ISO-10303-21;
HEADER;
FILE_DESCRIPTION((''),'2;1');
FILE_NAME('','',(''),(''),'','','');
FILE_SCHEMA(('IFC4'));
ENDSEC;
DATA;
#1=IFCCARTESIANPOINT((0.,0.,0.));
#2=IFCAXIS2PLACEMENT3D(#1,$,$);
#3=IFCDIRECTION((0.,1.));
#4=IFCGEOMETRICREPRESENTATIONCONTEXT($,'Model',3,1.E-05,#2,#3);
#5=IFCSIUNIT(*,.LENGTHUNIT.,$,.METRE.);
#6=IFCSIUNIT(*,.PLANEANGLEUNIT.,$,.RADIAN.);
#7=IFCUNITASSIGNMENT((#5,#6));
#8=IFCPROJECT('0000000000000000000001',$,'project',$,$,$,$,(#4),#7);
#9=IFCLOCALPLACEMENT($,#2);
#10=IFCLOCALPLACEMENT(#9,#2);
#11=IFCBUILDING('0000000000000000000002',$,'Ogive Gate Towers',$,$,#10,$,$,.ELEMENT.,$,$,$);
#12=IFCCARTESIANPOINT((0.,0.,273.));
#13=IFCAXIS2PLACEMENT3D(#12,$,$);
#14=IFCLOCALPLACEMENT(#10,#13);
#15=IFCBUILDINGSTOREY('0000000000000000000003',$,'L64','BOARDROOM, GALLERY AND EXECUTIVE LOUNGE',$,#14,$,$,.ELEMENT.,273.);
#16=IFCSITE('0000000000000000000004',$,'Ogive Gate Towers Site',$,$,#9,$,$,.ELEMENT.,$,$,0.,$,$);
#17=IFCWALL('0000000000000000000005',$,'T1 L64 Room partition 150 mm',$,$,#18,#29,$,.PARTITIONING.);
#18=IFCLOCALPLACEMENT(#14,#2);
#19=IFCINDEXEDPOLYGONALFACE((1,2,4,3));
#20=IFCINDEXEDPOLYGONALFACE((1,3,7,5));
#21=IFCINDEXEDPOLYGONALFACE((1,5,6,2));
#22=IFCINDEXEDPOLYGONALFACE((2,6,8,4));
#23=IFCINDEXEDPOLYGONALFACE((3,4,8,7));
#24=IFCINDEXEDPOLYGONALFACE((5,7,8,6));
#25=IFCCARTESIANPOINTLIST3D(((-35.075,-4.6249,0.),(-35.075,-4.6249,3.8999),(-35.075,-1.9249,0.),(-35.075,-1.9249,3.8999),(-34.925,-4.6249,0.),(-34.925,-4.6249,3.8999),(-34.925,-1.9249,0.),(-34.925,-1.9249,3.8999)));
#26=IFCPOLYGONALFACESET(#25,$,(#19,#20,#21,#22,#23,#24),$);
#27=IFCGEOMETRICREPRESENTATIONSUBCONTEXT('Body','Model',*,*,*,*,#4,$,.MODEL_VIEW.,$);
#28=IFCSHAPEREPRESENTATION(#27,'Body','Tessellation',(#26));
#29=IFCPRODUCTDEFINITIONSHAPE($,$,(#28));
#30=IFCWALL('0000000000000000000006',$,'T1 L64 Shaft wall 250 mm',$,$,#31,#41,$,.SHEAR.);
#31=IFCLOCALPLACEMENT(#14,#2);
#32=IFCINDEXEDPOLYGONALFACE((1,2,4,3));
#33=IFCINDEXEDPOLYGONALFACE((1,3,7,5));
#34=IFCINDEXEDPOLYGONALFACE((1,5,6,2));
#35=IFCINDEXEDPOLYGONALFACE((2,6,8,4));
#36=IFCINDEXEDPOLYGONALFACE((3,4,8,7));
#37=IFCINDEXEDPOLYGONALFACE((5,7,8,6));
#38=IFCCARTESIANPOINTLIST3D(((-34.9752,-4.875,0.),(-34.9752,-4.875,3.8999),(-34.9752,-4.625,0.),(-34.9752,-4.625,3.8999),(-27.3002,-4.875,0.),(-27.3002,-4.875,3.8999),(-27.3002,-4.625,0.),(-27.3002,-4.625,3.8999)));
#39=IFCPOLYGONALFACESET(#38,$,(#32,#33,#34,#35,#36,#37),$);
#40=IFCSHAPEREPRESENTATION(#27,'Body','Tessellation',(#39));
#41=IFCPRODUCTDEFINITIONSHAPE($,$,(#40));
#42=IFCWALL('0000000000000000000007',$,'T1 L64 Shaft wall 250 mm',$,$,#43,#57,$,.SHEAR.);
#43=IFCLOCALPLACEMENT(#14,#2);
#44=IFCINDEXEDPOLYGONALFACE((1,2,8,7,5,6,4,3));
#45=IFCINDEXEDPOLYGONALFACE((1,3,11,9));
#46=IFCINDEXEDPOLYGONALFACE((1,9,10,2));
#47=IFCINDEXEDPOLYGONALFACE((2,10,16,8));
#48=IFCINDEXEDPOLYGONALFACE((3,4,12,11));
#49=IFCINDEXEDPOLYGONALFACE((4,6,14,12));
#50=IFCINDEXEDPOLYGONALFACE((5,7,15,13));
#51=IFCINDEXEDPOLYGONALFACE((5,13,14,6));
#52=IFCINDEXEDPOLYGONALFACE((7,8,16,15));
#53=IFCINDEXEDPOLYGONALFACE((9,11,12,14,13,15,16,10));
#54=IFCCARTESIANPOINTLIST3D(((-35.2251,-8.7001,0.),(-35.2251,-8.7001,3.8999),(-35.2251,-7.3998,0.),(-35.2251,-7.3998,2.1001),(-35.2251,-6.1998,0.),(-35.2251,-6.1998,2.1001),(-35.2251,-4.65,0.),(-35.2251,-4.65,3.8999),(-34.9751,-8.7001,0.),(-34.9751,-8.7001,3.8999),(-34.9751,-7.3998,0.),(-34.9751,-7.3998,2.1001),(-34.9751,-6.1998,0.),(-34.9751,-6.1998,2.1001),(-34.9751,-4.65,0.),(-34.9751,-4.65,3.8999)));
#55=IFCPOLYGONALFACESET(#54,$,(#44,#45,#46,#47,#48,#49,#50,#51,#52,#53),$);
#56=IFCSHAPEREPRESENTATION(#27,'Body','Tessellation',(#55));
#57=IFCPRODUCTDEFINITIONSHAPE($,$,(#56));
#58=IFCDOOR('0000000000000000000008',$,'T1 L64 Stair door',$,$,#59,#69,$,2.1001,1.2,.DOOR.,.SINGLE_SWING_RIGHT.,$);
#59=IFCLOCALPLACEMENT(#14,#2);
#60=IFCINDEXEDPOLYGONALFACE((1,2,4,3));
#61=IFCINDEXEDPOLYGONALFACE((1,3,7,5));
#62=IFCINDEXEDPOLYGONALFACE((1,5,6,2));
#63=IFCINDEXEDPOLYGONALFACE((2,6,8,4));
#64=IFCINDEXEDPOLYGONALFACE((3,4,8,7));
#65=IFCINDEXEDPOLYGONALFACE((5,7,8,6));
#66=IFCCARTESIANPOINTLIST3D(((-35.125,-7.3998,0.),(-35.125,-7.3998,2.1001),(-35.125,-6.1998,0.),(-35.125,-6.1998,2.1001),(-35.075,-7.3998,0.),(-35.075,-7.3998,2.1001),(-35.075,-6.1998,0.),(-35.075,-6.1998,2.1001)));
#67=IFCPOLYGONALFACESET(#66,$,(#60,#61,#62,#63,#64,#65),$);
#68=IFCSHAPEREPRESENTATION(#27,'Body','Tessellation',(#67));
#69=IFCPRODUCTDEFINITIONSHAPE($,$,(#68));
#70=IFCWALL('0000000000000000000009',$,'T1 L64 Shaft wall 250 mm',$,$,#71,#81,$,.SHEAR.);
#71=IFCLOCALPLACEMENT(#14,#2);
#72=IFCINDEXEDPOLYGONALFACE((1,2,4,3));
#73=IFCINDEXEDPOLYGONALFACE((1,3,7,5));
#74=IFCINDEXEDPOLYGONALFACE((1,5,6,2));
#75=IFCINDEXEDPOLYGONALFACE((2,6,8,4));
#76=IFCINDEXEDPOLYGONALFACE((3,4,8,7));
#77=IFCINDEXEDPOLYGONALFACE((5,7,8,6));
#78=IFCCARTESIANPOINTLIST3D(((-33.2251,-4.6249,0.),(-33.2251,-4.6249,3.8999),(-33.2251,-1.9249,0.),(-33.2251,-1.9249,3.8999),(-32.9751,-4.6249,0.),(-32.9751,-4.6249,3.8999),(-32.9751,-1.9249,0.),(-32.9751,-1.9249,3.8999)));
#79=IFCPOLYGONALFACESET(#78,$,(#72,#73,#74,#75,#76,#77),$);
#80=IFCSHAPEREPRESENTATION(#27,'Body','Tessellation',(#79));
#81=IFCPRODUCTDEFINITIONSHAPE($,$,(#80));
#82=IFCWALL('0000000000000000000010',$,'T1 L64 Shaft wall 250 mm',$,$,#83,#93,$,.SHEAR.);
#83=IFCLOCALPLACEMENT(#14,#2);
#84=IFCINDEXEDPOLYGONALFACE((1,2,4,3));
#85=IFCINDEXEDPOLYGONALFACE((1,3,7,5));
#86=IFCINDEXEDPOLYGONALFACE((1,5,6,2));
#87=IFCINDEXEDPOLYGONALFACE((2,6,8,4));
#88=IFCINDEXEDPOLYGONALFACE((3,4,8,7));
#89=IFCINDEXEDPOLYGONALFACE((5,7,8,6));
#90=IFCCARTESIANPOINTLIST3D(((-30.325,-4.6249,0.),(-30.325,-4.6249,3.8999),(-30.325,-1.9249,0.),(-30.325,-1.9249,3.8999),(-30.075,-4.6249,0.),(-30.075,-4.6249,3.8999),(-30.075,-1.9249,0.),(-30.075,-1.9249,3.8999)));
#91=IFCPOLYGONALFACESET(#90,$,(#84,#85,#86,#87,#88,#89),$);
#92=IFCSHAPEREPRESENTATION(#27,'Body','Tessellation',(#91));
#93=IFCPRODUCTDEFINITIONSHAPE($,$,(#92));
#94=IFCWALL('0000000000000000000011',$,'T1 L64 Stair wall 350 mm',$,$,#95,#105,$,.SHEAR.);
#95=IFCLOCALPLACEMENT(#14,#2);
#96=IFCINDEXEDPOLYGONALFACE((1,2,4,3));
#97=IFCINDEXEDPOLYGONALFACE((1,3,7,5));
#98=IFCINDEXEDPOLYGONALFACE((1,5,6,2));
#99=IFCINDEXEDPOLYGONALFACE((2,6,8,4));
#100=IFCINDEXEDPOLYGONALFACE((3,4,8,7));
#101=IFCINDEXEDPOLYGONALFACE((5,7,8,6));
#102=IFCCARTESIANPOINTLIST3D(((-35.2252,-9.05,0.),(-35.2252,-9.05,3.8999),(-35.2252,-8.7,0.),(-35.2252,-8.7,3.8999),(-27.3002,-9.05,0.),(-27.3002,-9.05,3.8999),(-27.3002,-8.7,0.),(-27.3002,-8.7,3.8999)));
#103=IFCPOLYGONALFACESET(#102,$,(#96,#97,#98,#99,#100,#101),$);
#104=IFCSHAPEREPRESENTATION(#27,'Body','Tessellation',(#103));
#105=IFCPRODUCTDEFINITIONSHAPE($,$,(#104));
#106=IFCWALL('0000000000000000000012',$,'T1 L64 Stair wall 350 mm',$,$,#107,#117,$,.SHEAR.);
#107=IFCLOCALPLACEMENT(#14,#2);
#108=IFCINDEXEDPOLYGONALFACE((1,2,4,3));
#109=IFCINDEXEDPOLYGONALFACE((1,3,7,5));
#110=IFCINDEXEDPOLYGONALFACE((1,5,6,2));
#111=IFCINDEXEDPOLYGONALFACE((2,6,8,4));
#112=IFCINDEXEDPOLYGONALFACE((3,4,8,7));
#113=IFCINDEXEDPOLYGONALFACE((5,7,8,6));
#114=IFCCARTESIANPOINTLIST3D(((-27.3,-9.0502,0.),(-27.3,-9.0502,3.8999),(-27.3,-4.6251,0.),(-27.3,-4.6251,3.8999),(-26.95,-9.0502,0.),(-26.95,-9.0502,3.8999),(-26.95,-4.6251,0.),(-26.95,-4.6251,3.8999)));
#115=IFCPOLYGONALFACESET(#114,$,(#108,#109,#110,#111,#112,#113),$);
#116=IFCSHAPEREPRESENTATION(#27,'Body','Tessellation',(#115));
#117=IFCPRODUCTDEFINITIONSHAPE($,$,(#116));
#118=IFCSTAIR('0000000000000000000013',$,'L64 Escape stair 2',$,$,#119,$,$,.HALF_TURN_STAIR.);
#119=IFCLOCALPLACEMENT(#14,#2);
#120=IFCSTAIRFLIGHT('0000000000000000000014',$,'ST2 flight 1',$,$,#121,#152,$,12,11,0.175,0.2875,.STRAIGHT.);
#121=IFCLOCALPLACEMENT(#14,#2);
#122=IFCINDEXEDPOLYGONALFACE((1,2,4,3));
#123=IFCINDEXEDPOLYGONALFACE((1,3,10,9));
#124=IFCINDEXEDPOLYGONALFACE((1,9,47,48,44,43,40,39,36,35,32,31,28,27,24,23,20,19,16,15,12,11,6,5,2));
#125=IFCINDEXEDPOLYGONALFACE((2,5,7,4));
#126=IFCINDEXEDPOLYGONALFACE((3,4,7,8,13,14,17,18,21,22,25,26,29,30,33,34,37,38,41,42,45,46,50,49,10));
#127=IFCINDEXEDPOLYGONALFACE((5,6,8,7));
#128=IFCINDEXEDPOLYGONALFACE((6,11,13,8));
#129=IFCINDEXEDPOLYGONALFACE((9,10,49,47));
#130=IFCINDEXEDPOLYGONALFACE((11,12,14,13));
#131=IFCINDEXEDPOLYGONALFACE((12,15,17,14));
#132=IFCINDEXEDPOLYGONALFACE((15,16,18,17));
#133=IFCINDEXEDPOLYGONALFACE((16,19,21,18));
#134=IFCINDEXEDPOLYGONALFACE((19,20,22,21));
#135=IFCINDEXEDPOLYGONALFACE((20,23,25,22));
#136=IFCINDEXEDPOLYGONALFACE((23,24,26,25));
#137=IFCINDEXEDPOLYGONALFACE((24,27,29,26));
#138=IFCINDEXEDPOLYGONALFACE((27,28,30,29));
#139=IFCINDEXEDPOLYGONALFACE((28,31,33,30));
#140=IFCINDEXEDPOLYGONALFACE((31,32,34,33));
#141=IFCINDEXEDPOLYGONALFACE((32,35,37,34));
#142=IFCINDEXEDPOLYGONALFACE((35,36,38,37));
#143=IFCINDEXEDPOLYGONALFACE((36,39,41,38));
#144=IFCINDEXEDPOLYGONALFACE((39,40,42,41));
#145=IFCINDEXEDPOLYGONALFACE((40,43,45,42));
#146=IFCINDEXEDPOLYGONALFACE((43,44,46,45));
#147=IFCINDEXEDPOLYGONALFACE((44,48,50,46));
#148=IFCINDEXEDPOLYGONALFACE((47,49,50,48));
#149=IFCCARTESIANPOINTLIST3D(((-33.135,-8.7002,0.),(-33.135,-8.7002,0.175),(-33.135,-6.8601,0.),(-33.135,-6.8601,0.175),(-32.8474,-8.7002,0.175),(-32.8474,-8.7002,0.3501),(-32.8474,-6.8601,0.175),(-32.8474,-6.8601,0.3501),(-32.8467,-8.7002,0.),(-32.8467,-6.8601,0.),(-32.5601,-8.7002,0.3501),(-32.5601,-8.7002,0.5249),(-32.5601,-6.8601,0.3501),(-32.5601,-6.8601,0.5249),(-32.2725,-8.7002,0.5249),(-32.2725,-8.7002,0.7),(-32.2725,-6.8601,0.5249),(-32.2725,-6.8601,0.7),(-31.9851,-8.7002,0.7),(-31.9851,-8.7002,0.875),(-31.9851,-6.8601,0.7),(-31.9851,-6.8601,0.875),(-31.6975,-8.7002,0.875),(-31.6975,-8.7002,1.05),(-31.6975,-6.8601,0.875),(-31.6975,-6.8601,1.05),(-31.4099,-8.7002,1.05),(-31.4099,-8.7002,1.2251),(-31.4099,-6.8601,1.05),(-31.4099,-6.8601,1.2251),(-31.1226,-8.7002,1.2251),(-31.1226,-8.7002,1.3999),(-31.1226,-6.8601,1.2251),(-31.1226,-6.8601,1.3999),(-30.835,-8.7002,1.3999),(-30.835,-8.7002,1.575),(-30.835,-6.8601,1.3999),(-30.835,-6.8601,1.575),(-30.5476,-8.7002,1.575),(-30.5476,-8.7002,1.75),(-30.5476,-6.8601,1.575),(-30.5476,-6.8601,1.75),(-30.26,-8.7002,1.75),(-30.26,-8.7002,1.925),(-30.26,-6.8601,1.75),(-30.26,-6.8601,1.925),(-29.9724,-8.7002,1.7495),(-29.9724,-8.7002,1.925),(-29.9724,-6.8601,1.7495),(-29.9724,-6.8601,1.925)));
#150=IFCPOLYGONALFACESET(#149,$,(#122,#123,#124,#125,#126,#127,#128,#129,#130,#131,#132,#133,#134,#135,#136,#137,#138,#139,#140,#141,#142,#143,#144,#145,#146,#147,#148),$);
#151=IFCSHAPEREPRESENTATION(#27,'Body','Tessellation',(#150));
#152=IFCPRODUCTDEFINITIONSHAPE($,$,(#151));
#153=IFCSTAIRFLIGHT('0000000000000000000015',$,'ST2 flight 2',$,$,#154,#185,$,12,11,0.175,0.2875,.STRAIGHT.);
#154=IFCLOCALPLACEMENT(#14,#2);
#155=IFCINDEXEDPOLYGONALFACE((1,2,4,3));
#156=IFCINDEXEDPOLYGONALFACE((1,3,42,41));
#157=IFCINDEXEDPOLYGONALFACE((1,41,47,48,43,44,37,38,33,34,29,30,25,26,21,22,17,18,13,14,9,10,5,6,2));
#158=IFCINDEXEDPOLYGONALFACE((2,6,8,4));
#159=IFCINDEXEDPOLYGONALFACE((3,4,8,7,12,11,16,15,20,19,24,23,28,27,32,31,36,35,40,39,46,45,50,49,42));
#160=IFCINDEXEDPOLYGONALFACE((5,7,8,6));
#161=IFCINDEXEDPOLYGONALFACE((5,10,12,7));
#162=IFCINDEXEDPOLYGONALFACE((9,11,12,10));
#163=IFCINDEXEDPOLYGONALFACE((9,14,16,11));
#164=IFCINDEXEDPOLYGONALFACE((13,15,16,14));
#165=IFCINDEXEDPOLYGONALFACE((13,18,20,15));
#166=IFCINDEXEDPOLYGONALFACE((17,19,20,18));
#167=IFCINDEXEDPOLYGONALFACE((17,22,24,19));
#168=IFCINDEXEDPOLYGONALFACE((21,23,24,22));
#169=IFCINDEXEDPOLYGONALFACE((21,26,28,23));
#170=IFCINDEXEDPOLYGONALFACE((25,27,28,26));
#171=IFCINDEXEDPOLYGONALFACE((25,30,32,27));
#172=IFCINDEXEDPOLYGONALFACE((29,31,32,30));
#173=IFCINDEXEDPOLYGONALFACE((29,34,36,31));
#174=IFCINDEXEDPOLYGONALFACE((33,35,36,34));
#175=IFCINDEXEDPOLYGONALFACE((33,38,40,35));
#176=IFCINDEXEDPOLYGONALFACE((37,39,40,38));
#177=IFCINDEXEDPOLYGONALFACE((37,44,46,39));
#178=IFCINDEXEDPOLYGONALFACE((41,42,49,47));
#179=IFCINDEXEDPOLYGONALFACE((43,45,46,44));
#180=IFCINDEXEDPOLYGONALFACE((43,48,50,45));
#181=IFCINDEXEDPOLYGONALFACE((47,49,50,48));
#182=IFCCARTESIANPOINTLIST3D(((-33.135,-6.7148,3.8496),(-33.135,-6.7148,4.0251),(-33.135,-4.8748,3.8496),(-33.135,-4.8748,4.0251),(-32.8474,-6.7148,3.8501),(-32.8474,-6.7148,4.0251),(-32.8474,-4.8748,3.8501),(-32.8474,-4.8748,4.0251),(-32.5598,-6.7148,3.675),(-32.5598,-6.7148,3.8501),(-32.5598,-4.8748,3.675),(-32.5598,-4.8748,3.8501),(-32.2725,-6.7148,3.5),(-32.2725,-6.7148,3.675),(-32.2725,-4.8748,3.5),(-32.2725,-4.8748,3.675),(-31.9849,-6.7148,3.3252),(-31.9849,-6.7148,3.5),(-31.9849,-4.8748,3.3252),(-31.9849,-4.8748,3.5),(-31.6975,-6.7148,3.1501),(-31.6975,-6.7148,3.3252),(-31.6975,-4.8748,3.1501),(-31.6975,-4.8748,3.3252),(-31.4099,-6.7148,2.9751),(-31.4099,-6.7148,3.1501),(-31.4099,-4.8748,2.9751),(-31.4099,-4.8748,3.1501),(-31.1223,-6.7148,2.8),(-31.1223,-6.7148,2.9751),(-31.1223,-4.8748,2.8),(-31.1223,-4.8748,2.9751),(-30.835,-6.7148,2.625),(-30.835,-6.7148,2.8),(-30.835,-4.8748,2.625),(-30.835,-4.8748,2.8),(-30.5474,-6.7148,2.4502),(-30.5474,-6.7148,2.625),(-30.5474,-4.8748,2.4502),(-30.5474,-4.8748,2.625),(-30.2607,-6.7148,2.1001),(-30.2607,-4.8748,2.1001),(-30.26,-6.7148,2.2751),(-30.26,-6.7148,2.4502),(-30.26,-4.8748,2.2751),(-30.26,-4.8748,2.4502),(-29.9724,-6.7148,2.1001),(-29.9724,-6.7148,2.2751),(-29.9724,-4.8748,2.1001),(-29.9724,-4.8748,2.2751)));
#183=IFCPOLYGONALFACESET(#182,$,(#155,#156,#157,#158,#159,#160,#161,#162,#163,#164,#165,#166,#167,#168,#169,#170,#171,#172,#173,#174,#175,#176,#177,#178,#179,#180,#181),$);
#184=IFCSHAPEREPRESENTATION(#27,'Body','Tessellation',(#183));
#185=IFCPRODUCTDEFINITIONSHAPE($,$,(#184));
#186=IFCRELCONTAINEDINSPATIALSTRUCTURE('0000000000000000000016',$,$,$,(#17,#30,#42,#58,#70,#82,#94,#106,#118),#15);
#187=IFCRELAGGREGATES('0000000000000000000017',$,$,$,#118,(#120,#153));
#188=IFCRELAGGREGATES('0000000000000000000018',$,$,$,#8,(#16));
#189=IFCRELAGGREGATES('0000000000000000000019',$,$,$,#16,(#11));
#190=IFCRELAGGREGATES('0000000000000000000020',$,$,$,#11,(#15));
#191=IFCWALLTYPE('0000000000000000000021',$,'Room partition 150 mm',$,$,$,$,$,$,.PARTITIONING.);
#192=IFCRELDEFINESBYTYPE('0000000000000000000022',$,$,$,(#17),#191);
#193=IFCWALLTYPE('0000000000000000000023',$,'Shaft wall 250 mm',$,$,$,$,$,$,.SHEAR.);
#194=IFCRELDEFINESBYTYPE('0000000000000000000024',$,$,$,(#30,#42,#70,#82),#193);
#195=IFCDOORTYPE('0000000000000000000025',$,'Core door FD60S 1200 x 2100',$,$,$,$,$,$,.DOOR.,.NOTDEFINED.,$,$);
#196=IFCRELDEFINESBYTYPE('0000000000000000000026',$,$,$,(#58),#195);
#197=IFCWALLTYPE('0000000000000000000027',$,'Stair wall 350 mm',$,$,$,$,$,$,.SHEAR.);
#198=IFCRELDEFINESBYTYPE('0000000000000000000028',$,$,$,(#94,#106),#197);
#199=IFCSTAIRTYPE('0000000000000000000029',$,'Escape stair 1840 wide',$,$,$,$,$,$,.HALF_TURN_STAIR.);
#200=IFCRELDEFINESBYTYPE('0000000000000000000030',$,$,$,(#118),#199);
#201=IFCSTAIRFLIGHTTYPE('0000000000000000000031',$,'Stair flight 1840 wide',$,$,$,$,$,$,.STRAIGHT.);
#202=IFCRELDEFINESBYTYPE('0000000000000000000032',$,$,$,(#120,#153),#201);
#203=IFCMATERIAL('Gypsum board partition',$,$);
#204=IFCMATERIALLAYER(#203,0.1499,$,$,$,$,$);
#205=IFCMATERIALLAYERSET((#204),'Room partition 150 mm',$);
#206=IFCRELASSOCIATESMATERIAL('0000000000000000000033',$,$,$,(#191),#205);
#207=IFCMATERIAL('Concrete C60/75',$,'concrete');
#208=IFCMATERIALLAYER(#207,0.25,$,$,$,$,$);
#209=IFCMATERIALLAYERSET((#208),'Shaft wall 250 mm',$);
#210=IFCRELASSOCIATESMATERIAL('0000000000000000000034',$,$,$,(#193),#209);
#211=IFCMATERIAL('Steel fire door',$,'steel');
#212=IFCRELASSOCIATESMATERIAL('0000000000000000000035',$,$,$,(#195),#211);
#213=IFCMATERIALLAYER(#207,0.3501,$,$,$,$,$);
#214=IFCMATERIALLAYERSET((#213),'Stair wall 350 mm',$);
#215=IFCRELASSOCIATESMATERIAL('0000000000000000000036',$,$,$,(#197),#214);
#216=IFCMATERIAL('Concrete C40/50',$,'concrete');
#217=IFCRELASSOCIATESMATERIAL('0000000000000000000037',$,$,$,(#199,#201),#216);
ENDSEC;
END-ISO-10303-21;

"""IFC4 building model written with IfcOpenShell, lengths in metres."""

from ifc_helpers import new_model, si_unit, direction, frame, frame_2d, origin, place, context, subcontext, project, spatial, polyline, rectangle, outline, extrude, material, layer, layer_set, type_object, element, fill, aggregate, save


model = new_model("IFC4")

# Units and contexts
model_context = context("Model", 3, precision=1e-05, world=origin(), true_north=direction((0.0, 1.0)))
body_context = subcontext(model_context, "Body", "Model", "MODEL_VIEW")
ifc_project = project(units=[si_unit("LENGTHUNIT", "METRE"), si_unit("PLANEANGLEUNIT", "RADIAN")], contexts=[model_context])

# Site, building, storey
site_placement = place(None, origin())
site = spatial("IfcSite", under=ifc_project, at=site_placement, Name="Ogive Gate Towers Site", CompositionType="ELEMENT", RefElevation=0.0)
building_placement = place(site_placement, origin())
building = spatial("IfcBuilding", under=site, at=building_placement, Name="Ogive Gate Towers", CompositionType="ELEMENT")
storey_placement = place(building_placement, frame((0.0, 0.0, 273.0)))
storey = spatial("IfcBuildingStorey", under=building, at=storey_placement, Name="L64", Description="BOARDROOM, GALLERY AND EXECUTIVE LOUNGE", CompositionType="ELEMENT", Elevation=273.0)

# Shared definitions
ifc_material_1 = material(Name="Concrete C60/75", Category="concrete")
ifc_material_2 = material(Name="Steel fire door", Category="steel")
ifc_material_3 = material(Name="Gypsum board partition")

# Walls
ifc_layer_1 = layer(ifc_material_3, 0.1499)
ifc_layer_set_1 = layer_set([ifc_layer_1], Name="Room partition 150 mm")
wall_type_1 = type_object("IfcWallType", Name="Room partition 150 mm", PredefinedType="PARTITIONING", material=ifc_layer_set_1)
wall_1_placement = place(storey_placement, frame((-35.0, -4.625, 0.0), z_axis=(0.0, 0.0, 1.0), x_axis=(0.0, 1.0, 0.0)))
element("IfcWall", 1, at=wall_1_placement, inside=storey, type_object=wall_type_1, Name="T1 L64 Room partition 150 mm", PredefinedType="PARTITIONING", context=body_context, shape_type="SweptSolid", body=[
    extrude(rectangle(XDim=2.7, YDim=0.1499, at=frame_2d((1.3501, 0.0))), origin(), (0.0, 0.0, 1.0), 3.8999),
])
ifc_layer_2 = layer(ifc_material_1, 0.25)
ifc_layer_set_2 = layer_set([ifc_layer_2], Name="Shaft wall 250 mm")
wall_type_2 = type_object("IfcWallType", Name="Shaft wall 250 mm", PredefinedType="SHEAR", material=ifc_layer_set_2)
wall_2_placement = place(storey_placement, frame((-34.9751, -4.75, 0.0), z_axis=(0.0, 0.0, 1.0), x_axis=(1.0, 0.0, 0.0)))
element("IfcWall", 2, at=wall_2_placement, inside=storey, type_object=wall_type_2, Name="T1 L64 Shaft wall 250 mm", PredefinedType="SHEAR", context=body_context, shape_type="SweptSolid", body=[
    extrude(rectangle(XDim=7.675, YDim=0.25, at=frame_2d((3.8374, 0.0))), origin(), (0.0, 0.0, 1.0), 3.8999),
])

# Wall, opening, door
wall_3_placement = place(storey_placement, frame((-35.1001, -8.7, 0.0), z_axis=(0.0, 0.0, 1.0), x_axis=(0.0, 1.0, 0.0)))
wall_3 = element("IfcWall", 3, at=wall_3_placement, inside=storey, type_object=wall_type_2, Name="T1 L64 Shaft wall 250 mm", PredefinedType="SHEAR", context=body_context, shape_type="SweptSolid", body=[
    extrude(rectangle(XDim=4.05, YDim=0.25, at=frame_2d((2.0249, 0.0))), origin(), (0.0, 0.0, 1.0), 3.8999),
])
opening_1_placement = place(wall_3_placement, frame((1.3, 0.0, 0.0)))
opening_1 = element("IfcOpeningElement", 4, at=opening_1_placement, cuts=wall_3, PredefinedType="OPENING", context=body_context, shape_type="SweptSolid", body=[
    extrude(rectangle(XDim=1.2, YDim=2.1001, at=frame_2d((0.6001, 1.05))), frame((0.0, 0.135, 0.0), z_axis=(0.0, -1.0, 0.0), x_axis=(1.0, 0.0, 0.0)), (0.0, 0.0, 1.0), 0.27),
])
door_type_1 = type_object("IfcDoorType", Name="Core door FD60S 1200 x 2100", OperationType="NOTDEFINED", PredefinedType="DOOR", material=ifc_material_2)
door_1_placement = place(opening_1_placement, origin())
door_1 = element("IfcDoor", 5, at=door_1_placement, inside=storey, type_object=door_type_1, Name="T1 L64 Stair door", OperationType="SINGLE_SWING_RIGHT", OverallHeight=2.1001, OverallWidth=1.2, PredefinedType="DOOR", context=body_context, shape_type="SweptSolid", body=[
    extrude(rectangle(XDim=1.2, YDim=2.1001, at=frame_2d((0.6001, 1.05))), frame((0.0, 0.0249, 0.0), z_axis=(0.0, -1.0, 0.0), x_axis=(1.0, 0.0, 0.0)), (0.0, 0.0, 1.0), 0.05),
])
fill(opening_1, door_1)

# Walls
for number, where, z_axis, x_axis, name in (
    (6, (-33.1001, -4.625, 0.0), (0.0, 0.0, 1.0), (0.0, 1.0, 0.0), "T1 L64 Shaft wall 250 mm"),
    (7, (-30.2, -4.625, 0.0), (0.0, 0.0, 1.0), (0.0, 1.0, 0.0), "T1 L64 Shaft wall 250 mm"),
):
    element("IfcWall", number, at=place(storey_placement, frame(where, z_axis=z_axis, x_axis=x_axis)), inside=storey, type_object=wall_type_2, Name=name, PredefinedType="SHEAR", context=body_context, shape_type="SweptSolid", body=[
        extrude(rectangle(XDim=2.7, YDim=0.25, at=frame_2d((1.3501, 0.0))), origin(), (0.0, 0.0, 1.0), 3.8999),
    ])
ifc_layer_3 = layer(ifc_material_1, 0.3501)
ifc_layer_set_3 = layer_set([ifc_layer_3], Name="Stair wall 350 mm")
wall_type_3 = type_object("IfcWallType", Name="Stair wall 350 mm", PredefinedType="SHEAR", material=ifc_layer_set_3)
wall_4_placement = place(storey_placement, frame((-35.2251, -8.875, 0.0), z_axis=(0.0, 0.0, 1.0), x_axis=(1.0, 0.0, 0.0)))
element("IfcWall", 8, at=wall_4_placement, inside=storey, type_object=wall_type_3, Name="T1 L64 Stair wall 350 mm", PredefinedType="SHEAR", context=body_context, shape_type="SweptSolid", body=[
    extrude(rectangle(XDim=7.925, YDim=0.3501, at=frame_2d((3.9624, 0.0))), origin(), (0.0, 0.0, 1.0), 3.8999),
])
wall_5_placement = place(storey_placement, frame((-27.125, -9.05, 0.0), z_axis=(0.0, 0.0, 1.0), x_axis=(0.0, 1.0, 0.0)))
element("IfcWall", 9, at=wall_5_placement, inside=storey, type_object=wall_type_3, Name="T1 L64 Stair wall 350 mm", PredefinedType="SHEAR", context=body_context, shape_type="SweptSolid", body=[
    extrude(rectangle(XDim=4.425, YDim=0.3501, at=frame_2d((2.2124, 0.0))), origin(), (0.0, 0.0, 1.0), 3.8999),
])

# Stair, stair flights
ifc_material_4 = material(Name="Concrete C40/50", Category="concrete")
stair_type = type_object("IfcStairType", Name="Escape stair 1840 wide", PredefinedType="HALF_TURN_STAIR", material=ifc_material_4)
stair_placement = place(storey_placement, origin())
stair = element("IfcStair", 10, at=stair_placement, inside=storey, type_object=stair_type, Name="L64 Escape stair 2", PredefinedType="HALF_TURN_STAIR")
stair_flight_type = type_object("IfcStairFlightType", Name="Stair flight 1840 wide", PredefinedType="STRAIGHT", material=ifc_material_4)
stair_flight_1_placement = place(storey_placement, frame((-33.135, -7.78, 0.0), z_axis=(0.0, 0.0, 1.0), x_axis=(1.0, 0.0, 0.0)))
stair_flight_1 = element("IfcStairFlight", 11, at=stair_flight_1_placement, type_object=stair_flight_type, Name="ST2 flight 1", NumberOfRisers=12, NumberOfTreads=11, PredefinedType="STRAIGHT", RiserHeight=0.175, TreadLength=0.2875, context=body_context, shape_type="SweptSolid", body=[
    extrude(outline(polyline([(0.0, 0.0), (0.0, 0.175), (0.2876, 0.175), (0.2876, 0.3501), (0.575, 0.3501), (0.575, 0.5249), (0.8625, 0.5249), (0.8625, 0.7), (1.1499, 0.7), (1.1499, 0.875), (1.4375, 0.875), (1.4375, 1.05), (1.7251, 1.05), (1.7251, 1.2251), (2.0125, 1.2251), (2.0125, 1.3999), (2.3, 1.3999), (2.3, 1.575), (2.5874, 1.575), (2.5874, 1.75), (2.875, 1.75), (2.875, 1.925), (3.1626, 1.925), (3.1626, 2.1001), (3.1626, 1.7495), (0.2883, 0.0), (0.0, 0.0)])), frame((0.0, 0.9199, 0.0), z_axis=(0.0, -1.0, 0.0), x_axis=(1.0, 0.0, 0.0)), (0.0, 0.0, 1.0), 1.8401),
])
stair_flight_2_placement = place(storey_placement, frame((-29.9724, -5.7949, 2.1001), z_axis=(0.0, 0.0, 1.0), x_axis=(-1.0, 0.0, 0.0)))
stair_flight_2 = element("IfcStairFlight", 12, at=stair_flight_2_placement, type_object=stair_flight_type, Name="ST2 flight 2", NumberOfRisers=12, NumberOfTreads=11, PredefinedType="STRAIGHT", RiserHeight=0.175, TreadLength=0.2875, context=body_context, shape_type="SweptSolid", body=[
    extrude(outline(polyline([(0.0, 0.0), (0.0, 0.175), (0.2876, 0.175), (0.2876, 0.3501), (0.575, 0.3501), (0.575, 0.5249), (0.8625, 0.5249), (0.8625, 0.7), (1.1499, 0.7), (1.1499, 0.875), (1.4375, 0.875), (1.4375, 1.05), (1.7251, 1.05), (1.7251, 1.2251), (2.0125, 1.2251), (2.0125, 1.3999), (2.3, 1.3999), (2.3, 1.575), (2.5874, 1.575), (2.5874, 1.75), (2.875, 1.75), (2.875, 1.925), (3.1626, 1.925), (3.1626, 2.1001), (3.1626, 1.7495), (0.2883, 0.0), (0.0, 0.0)])), frame((0.0, 0.9199, 0.0), z_axis=(0.0, -1.0, 0.0), x_axis=(1.0, 0.0, 0.0)), (0.0, 0.0, 1.0), 1.8401),
])
aggregate(stair, [stair_flight_1, stair_flight_2])

save(model, "model.ifc")
